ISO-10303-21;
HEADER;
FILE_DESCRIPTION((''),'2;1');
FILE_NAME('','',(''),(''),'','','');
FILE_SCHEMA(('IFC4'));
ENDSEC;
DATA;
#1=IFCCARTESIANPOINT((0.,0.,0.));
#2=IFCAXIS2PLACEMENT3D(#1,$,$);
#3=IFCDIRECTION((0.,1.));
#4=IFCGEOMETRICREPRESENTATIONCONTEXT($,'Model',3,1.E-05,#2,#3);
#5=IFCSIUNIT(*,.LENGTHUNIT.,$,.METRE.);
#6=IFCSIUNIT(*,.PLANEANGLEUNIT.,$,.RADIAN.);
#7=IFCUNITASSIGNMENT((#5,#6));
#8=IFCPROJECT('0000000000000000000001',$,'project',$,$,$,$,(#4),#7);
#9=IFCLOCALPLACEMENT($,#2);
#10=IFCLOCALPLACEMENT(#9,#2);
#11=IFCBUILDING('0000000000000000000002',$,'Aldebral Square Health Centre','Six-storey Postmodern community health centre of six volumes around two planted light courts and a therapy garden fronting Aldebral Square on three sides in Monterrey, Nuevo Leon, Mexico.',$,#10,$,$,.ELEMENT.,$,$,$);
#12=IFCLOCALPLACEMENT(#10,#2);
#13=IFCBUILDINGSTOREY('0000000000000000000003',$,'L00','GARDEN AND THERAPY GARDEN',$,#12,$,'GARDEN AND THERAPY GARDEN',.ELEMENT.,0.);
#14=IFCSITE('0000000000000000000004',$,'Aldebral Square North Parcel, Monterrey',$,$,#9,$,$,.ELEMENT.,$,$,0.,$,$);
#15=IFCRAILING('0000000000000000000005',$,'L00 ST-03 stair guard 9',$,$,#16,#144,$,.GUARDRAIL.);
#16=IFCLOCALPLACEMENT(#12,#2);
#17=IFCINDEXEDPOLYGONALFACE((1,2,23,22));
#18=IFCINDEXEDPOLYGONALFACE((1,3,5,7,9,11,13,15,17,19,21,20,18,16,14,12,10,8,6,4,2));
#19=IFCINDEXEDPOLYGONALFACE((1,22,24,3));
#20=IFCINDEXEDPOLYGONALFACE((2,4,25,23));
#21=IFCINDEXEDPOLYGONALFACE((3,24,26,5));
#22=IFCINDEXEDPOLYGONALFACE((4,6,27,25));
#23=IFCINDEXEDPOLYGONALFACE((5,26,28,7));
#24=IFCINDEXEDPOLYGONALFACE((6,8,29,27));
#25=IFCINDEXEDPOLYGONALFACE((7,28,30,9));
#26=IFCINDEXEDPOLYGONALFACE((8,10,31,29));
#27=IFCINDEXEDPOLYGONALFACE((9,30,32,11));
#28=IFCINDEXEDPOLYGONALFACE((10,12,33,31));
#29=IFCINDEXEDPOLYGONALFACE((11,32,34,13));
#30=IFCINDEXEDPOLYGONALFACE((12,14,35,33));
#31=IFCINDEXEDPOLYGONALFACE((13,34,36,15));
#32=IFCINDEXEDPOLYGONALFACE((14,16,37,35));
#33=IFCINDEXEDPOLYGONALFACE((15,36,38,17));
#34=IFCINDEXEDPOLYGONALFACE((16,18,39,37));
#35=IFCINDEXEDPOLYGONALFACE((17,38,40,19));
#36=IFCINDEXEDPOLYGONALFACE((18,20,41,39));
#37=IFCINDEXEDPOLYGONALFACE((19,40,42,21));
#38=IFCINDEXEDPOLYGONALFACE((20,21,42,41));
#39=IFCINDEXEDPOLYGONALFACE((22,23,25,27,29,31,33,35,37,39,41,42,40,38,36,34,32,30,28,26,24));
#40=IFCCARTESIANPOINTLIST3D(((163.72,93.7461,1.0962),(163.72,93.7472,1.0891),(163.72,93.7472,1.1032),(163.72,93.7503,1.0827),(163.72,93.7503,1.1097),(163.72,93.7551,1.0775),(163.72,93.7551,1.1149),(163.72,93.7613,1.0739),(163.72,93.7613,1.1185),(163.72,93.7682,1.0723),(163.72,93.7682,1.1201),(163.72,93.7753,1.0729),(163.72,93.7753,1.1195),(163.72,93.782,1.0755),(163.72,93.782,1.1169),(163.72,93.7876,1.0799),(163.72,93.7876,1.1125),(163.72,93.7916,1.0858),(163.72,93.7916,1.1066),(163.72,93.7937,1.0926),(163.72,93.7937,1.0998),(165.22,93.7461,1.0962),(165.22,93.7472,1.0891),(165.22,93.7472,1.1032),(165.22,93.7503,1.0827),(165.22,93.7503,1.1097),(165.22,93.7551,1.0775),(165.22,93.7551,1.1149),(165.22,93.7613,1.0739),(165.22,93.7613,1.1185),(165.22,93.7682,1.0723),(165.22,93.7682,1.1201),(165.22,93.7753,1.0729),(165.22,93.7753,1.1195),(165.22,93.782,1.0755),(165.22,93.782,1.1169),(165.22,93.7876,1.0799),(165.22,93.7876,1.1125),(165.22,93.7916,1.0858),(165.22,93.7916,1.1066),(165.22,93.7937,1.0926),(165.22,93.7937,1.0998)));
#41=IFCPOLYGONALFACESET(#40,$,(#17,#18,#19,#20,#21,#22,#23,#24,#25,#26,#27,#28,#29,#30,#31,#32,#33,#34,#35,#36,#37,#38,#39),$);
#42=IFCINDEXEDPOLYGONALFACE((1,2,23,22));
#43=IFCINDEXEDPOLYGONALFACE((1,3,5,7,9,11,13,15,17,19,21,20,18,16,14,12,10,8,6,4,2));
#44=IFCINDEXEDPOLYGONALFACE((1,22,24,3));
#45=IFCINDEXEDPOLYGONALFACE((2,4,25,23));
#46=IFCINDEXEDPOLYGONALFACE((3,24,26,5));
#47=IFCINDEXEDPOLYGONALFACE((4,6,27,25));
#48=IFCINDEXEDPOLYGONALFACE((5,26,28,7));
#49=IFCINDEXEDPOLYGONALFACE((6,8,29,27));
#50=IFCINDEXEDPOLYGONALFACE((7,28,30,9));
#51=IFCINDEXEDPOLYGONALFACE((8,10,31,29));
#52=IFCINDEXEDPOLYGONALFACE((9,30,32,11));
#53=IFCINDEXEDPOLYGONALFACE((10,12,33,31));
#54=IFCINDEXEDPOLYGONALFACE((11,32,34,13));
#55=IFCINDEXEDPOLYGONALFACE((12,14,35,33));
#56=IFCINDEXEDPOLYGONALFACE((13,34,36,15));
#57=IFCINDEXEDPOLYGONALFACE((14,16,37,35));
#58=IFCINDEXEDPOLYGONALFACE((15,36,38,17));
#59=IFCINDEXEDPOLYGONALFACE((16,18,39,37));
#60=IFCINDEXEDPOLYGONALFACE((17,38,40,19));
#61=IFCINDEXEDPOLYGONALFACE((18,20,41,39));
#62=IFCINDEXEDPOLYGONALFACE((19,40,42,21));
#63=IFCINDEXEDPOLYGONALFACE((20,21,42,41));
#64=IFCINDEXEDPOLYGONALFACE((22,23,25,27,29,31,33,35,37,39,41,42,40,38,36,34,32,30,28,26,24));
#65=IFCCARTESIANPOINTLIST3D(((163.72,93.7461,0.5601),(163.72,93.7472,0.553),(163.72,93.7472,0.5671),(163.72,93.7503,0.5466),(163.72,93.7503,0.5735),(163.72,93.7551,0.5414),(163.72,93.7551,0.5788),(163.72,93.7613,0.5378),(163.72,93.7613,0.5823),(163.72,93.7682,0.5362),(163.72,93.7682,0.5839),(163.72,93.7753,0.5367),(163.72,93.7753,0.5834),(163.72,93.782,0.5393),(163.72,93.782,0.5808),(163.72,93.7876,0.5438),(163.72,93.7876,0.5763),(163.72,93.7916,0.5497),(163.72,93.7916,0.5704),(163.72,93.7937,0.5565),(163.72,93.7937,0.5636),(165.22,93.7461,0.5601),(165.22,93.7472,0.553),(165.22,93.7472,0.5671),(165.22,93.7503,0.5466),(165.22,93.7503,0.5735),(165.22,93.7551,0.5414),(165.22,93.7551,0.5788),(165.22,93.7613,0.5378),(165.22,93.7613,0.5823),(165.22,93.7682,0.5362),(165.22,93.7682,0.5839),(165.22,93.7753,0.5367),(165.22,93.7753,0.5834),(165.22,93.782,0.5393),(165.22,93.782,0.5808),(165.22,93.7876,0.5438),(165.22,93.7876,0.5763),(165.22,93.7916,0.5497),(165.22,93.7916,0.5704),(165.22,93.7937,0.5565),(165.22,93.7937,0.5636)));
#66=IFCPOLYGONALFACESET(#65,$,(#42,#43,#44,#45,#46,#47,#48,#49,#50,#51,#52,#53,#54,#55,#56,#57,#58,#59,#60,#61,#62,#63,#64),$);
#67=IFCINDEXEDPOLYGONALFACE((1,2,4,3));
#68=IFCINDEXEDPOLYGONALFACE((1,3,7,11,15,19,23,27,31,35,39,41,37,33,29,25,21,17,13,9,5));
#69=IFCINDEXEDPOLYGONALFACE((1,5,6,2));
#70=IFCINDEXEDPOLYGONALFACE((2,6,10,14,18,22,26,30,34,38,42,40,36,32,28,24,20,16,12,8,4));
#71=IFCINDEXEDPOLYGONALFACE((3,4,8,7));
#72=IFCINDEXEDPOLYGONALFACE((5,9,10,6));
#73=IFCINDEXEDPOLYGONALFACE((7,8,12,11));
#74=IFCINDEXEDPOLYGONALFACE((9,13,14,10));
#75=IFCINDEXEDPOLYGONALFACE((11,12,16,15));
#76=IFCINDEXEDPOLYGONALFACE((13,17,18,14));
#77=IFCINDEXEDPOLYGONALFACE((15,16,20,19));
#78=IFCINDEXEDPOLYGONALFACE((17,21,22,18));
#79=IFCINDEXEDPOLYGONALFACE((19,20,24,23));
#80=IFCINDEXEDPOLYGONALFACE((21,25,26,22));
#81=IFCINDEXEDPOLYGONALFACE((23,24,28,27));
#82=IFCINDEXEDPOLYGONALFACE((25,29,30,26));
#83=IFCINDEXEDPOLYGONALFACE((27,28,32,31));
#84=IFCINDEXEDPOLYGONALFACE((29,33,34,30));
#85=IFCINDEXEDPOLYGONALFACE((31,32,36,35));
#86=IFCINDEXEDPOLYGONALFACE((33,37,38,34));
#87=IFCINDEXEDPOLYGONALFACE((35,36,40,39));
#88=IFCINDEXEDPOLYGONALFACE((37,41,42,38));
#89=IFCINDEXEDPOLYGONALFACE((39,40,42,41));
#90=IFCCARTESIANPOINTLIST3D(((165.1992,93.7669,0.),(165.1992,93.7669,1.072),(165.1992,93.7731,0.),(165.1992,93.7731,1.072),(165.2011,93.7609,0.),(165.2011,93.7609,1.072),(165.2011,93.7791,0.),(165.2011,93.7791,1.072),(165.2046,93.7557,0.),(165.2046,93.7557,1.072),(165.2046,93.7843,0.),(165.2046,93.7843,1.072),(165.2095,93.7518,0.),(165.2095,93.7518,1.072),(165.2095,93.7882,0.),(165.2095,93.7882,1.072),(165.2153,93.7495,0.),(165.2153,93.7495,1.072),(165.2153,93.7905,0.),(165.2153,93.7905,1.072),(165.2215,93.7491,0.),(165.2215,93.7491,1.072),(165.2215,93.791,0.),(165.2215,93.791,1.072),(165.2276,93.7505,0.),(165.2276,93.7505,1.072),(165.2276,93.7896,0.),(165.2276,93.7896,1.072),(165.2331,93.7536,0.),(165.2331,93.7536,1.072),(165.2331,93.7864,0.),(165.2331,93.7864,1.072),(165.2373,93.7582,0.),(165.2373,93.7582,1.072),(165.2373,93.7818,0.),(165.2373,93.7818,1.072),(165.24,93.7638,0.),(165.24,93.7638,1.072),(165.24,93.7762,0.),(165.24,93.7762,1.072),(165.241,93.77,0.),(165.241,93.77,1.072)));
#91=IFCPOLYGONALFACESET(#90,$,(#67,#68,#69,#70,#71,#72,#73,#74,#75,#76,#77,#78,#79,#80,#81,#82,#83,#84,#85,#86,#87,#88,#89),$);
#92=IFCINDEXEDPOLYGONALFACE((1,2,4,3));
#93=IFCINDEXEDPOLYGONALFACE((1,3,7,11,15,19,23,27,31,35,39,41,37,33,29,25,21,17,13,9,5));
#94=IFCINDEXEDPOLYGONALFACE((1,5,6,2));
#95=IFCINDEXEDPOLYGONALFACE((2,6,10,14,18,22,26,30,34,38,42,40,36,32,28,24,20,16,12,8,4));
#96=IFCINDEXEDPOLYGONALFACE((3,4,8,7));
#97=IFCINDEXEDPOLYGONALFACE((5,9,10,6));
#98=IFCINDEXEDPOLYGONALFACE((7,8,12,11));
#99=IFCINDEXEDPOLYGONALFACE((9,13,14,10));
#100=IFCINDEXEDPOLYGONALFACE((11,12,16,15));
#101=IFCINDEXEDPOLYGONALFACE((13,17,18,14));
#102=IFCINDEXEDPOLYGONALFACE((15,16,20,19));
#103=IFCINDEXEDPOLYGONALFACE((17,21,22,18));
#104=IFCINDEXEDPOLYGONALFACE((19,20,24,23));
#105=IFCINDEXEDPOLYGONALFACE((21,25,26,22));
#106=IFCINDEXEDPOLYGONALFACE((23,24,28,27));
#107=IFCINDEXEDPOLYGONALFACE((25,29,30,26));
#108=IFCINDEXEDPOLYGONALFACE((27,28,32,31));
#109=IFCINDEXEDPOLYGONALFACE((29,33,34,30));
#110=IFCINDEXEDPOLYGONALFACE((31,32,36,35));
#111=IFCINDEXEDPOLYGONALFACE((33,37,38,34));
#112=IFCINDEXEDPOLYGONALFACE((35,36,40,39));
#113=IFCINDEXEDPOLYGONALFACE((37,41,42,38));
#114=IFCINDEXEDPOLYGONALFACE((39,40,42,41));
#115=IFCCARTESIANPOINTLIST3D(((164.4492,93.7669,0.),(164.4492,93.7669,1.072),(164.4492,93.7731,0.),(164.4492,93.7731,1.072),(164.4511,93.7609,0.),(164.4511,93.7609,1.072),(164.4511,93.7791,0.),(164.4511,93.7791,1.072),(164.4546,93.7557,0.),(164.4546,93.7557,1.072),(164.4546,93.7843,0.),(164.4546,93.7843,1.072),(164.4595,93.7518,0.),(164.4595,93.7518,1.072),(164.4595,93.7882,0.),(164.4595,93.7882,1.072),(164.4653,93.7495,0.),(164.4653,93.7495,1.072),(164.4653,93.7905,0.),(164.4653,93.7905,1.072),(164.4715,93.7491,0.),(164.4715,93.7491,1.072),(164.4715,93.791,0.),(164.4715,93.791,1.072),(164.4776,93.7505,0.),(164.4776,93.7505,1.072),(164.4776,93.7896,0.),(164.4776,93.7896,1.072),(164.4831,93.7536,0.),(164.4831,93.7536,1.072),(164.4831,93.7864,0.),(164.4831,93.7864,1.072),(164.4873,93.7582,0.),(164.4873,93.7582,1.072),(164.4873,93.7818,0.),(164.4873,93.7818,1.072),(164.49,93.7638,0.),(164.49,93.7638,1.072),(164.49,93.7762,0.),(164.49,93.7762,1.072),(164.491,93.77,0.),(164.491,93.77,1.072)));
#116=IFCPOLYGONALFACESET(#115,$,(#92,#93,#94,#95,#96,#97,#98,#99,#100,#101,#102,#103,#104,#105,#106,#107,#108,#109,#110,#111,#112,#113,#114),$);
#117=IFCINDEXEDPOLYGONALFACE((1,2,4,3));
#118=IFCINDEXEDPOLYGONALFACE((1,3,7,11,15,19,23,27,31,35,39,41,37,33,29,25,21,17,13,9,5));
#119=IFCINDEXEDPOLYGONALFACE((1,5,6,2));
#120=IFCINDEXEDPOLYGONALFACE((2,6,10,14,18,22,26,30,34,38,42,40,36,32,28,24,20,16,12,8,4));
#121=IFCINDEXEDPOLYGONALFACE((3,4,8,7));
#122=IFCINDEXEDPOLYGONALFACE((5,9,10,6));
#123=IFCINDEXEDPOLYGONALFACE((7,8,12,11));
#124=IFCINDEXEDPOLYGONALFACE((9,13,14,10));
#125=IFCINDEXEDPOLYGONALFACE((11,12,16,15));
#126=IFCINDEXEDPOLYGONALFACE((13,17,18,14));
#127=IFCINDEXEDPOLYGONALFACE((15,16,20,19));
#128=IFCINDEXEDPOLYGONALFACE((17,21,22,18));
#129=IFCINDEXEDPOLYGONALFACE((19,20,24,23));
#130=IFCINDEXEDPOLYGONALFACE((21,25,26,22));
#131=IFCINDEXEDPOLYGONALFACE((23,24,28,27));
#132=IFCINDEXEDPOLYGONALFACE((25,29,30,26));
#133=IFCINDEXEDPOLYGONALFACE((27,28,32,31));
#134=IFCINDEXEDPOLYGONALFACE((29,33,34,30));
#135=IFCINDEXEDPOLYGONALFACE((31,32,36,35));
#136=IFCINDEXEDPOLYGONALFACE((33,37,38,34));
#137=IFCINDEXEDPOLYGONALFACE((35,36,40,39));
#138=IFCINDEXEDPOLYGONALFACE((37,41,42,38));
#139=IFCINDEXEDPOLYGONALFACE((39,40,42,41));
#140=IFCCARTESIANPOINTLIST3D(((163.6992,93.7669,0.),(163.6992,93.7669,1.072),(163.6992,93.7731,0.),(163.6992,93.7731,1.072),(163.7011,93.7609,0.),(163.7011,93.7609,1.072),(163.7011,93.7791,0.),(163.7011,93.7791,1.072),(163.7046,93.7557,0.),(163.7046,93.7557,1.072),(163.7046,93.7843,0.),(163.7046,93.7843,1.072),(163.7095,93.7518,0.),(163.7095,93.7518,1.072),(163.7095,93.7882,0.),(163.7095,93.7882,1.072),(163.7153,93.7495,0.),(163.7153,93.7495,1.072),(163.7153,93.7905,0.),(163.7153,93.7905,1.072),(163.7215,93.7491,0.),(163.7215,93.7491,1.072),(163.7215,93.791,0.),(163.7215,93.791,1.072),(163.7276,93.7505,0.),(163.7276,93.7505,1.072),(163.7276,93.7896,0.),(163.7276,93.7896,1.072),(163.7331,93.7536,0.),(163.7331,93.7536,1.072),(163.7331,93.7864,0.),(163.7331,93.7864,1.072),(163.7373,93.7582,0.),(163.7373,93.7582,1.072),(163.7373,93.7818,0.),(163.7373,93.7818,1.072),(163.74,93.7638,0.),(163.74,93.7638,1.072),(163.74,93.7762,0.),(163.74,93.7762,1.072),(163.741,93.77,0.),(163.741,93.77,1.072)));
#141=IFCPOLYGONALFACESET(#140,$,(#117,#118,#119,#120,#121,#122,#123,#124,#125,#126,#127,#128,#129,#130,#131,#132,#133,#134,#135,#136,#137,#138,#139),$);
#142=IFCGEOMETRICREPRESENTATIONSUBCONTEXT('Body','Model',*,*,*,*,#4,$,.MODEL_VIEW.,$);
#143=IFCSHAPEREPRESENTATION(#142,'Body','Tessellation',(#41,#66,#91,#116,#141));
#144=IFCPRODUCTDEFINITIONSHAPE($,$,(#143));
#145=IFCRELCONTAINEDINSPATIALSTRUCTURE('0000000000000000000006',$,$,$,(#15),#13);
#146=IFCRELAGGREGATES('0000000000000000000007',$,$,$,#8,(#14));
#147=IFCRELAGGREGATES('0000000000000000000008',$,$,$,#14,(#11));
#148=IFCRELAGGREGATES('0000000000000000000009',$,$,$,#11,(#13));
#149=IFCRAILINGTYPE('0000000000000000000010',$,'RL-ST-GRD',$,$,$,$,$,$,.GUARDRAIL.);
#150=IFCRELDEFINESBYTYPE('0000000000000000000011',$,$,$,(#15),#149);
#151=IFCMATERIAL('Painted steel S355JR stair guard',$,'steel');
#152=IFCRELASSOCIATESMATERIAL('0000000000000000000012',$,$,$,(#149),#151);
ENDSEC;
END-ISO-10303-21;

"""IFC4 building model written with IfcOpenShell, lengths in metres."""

from ifc_helpers import new_model, si_unit, direction, frame, origin, origin_2d, place, context, subcontext, project, spatial, circle, extrude, material, type_object, element, save


model = new_model("IFC4")

# Units and contexts
model_context = context("Model", 3, precision=1e-05, world=origin(), true_north=direction((0.0, 1.0)))
body_context = subcontext(model_context, "Body", "Model", "MODEL_VIEW")
ifc_project = project(units=[si_unit("LENGTHUNIT", "METRE"), si_unit("PLANEANGLEUNIT", "RADIAN")], contexts=[model_context])

# Site, building, storey
site_placement = place(None, origin())
site = spatial("IfcSite", under=ifc_project, at=site_placement, Name="Aldebral Square North Parcel, Monterrey", CompositionType="ELEMENT", RefElevation=0.0)
building_placement = place(site_placement, origin())
building = spatial("IfcBuilding", under=site, at=building_placement, Name="Aldebral Square Health Centre", Description="Six-storey Postmodern community health centre of six volumes around two planted light courts and a therapy garden fronting Aldebral Square on three sides in Monterrey, Nuevo Leon, Mexico.", CompositionType="ELEMENT")
storey_placement = place(building_placement, origin())
storey = spatial("IfcBuildingStorey", under=building, at=storey_placement, Name="L00", Description="GARDEN AND THERAPY GARDEN", LongName="GARDEN AND THERAPY GARDEN", CompositionType="ELEMENT", Elevation=0.0)

# Railing
ifc_material_1 = material(Name="Painted steel S355JR stair guard", Category="steel")
railing_type_1 = type_object("IfcRailingType", Name="RL-ST-GRD", PredefinedType="GUARDRAIL", material=ifc_material_1)
railing_1_placement = place(storey_placement, frame((165.22, 93.77, 0.0)))
element("IfcRailing", 1, at=railing_1_placement, inside=storey, type_object=railing_type_1, Name="L00 ST-03 stair guard 9", PredefinedType="GUARDRAIL", context=body_context, shape_type="SweptSolid", body=[
    extrude(circle(Radius=0.0239, at=origin_2d()), frame((0.0, 0.0, 1.0962), z_axis=(-1.0, 0.0, 0.0), x_axis=(0.0, -1.0, 0.0)), (0.0, 0.0, 1.0), 1.5),
    extrude(circle(Radius=0.0239, at=origin_2d()), frame((0.0, 0.0, 0.5601), z_axis=(-1.0, 0.0, 0.0), x_axis=(0.0, -1.0, 0.0)), (0.0, 0.0, 1.0), 1.5),
    extrude(circle(Radius=0.021, at=origin_2d()), origin(), (0.0, 0.0, 1.0), 1.072),
    extrude(circle(Radius=0.021, at=origin_2d()), frame((-0.75, 0.0, 0.0)), (0.0, 0.0, 1.0), 1.072),
    extrude(circle(Radius=0.021, at=origin_2d()), frame((-1.5, 0.0, 0.0)), (0.0, 0.0, 1.0), 1.072),
])

save(model, "model.ifc")
